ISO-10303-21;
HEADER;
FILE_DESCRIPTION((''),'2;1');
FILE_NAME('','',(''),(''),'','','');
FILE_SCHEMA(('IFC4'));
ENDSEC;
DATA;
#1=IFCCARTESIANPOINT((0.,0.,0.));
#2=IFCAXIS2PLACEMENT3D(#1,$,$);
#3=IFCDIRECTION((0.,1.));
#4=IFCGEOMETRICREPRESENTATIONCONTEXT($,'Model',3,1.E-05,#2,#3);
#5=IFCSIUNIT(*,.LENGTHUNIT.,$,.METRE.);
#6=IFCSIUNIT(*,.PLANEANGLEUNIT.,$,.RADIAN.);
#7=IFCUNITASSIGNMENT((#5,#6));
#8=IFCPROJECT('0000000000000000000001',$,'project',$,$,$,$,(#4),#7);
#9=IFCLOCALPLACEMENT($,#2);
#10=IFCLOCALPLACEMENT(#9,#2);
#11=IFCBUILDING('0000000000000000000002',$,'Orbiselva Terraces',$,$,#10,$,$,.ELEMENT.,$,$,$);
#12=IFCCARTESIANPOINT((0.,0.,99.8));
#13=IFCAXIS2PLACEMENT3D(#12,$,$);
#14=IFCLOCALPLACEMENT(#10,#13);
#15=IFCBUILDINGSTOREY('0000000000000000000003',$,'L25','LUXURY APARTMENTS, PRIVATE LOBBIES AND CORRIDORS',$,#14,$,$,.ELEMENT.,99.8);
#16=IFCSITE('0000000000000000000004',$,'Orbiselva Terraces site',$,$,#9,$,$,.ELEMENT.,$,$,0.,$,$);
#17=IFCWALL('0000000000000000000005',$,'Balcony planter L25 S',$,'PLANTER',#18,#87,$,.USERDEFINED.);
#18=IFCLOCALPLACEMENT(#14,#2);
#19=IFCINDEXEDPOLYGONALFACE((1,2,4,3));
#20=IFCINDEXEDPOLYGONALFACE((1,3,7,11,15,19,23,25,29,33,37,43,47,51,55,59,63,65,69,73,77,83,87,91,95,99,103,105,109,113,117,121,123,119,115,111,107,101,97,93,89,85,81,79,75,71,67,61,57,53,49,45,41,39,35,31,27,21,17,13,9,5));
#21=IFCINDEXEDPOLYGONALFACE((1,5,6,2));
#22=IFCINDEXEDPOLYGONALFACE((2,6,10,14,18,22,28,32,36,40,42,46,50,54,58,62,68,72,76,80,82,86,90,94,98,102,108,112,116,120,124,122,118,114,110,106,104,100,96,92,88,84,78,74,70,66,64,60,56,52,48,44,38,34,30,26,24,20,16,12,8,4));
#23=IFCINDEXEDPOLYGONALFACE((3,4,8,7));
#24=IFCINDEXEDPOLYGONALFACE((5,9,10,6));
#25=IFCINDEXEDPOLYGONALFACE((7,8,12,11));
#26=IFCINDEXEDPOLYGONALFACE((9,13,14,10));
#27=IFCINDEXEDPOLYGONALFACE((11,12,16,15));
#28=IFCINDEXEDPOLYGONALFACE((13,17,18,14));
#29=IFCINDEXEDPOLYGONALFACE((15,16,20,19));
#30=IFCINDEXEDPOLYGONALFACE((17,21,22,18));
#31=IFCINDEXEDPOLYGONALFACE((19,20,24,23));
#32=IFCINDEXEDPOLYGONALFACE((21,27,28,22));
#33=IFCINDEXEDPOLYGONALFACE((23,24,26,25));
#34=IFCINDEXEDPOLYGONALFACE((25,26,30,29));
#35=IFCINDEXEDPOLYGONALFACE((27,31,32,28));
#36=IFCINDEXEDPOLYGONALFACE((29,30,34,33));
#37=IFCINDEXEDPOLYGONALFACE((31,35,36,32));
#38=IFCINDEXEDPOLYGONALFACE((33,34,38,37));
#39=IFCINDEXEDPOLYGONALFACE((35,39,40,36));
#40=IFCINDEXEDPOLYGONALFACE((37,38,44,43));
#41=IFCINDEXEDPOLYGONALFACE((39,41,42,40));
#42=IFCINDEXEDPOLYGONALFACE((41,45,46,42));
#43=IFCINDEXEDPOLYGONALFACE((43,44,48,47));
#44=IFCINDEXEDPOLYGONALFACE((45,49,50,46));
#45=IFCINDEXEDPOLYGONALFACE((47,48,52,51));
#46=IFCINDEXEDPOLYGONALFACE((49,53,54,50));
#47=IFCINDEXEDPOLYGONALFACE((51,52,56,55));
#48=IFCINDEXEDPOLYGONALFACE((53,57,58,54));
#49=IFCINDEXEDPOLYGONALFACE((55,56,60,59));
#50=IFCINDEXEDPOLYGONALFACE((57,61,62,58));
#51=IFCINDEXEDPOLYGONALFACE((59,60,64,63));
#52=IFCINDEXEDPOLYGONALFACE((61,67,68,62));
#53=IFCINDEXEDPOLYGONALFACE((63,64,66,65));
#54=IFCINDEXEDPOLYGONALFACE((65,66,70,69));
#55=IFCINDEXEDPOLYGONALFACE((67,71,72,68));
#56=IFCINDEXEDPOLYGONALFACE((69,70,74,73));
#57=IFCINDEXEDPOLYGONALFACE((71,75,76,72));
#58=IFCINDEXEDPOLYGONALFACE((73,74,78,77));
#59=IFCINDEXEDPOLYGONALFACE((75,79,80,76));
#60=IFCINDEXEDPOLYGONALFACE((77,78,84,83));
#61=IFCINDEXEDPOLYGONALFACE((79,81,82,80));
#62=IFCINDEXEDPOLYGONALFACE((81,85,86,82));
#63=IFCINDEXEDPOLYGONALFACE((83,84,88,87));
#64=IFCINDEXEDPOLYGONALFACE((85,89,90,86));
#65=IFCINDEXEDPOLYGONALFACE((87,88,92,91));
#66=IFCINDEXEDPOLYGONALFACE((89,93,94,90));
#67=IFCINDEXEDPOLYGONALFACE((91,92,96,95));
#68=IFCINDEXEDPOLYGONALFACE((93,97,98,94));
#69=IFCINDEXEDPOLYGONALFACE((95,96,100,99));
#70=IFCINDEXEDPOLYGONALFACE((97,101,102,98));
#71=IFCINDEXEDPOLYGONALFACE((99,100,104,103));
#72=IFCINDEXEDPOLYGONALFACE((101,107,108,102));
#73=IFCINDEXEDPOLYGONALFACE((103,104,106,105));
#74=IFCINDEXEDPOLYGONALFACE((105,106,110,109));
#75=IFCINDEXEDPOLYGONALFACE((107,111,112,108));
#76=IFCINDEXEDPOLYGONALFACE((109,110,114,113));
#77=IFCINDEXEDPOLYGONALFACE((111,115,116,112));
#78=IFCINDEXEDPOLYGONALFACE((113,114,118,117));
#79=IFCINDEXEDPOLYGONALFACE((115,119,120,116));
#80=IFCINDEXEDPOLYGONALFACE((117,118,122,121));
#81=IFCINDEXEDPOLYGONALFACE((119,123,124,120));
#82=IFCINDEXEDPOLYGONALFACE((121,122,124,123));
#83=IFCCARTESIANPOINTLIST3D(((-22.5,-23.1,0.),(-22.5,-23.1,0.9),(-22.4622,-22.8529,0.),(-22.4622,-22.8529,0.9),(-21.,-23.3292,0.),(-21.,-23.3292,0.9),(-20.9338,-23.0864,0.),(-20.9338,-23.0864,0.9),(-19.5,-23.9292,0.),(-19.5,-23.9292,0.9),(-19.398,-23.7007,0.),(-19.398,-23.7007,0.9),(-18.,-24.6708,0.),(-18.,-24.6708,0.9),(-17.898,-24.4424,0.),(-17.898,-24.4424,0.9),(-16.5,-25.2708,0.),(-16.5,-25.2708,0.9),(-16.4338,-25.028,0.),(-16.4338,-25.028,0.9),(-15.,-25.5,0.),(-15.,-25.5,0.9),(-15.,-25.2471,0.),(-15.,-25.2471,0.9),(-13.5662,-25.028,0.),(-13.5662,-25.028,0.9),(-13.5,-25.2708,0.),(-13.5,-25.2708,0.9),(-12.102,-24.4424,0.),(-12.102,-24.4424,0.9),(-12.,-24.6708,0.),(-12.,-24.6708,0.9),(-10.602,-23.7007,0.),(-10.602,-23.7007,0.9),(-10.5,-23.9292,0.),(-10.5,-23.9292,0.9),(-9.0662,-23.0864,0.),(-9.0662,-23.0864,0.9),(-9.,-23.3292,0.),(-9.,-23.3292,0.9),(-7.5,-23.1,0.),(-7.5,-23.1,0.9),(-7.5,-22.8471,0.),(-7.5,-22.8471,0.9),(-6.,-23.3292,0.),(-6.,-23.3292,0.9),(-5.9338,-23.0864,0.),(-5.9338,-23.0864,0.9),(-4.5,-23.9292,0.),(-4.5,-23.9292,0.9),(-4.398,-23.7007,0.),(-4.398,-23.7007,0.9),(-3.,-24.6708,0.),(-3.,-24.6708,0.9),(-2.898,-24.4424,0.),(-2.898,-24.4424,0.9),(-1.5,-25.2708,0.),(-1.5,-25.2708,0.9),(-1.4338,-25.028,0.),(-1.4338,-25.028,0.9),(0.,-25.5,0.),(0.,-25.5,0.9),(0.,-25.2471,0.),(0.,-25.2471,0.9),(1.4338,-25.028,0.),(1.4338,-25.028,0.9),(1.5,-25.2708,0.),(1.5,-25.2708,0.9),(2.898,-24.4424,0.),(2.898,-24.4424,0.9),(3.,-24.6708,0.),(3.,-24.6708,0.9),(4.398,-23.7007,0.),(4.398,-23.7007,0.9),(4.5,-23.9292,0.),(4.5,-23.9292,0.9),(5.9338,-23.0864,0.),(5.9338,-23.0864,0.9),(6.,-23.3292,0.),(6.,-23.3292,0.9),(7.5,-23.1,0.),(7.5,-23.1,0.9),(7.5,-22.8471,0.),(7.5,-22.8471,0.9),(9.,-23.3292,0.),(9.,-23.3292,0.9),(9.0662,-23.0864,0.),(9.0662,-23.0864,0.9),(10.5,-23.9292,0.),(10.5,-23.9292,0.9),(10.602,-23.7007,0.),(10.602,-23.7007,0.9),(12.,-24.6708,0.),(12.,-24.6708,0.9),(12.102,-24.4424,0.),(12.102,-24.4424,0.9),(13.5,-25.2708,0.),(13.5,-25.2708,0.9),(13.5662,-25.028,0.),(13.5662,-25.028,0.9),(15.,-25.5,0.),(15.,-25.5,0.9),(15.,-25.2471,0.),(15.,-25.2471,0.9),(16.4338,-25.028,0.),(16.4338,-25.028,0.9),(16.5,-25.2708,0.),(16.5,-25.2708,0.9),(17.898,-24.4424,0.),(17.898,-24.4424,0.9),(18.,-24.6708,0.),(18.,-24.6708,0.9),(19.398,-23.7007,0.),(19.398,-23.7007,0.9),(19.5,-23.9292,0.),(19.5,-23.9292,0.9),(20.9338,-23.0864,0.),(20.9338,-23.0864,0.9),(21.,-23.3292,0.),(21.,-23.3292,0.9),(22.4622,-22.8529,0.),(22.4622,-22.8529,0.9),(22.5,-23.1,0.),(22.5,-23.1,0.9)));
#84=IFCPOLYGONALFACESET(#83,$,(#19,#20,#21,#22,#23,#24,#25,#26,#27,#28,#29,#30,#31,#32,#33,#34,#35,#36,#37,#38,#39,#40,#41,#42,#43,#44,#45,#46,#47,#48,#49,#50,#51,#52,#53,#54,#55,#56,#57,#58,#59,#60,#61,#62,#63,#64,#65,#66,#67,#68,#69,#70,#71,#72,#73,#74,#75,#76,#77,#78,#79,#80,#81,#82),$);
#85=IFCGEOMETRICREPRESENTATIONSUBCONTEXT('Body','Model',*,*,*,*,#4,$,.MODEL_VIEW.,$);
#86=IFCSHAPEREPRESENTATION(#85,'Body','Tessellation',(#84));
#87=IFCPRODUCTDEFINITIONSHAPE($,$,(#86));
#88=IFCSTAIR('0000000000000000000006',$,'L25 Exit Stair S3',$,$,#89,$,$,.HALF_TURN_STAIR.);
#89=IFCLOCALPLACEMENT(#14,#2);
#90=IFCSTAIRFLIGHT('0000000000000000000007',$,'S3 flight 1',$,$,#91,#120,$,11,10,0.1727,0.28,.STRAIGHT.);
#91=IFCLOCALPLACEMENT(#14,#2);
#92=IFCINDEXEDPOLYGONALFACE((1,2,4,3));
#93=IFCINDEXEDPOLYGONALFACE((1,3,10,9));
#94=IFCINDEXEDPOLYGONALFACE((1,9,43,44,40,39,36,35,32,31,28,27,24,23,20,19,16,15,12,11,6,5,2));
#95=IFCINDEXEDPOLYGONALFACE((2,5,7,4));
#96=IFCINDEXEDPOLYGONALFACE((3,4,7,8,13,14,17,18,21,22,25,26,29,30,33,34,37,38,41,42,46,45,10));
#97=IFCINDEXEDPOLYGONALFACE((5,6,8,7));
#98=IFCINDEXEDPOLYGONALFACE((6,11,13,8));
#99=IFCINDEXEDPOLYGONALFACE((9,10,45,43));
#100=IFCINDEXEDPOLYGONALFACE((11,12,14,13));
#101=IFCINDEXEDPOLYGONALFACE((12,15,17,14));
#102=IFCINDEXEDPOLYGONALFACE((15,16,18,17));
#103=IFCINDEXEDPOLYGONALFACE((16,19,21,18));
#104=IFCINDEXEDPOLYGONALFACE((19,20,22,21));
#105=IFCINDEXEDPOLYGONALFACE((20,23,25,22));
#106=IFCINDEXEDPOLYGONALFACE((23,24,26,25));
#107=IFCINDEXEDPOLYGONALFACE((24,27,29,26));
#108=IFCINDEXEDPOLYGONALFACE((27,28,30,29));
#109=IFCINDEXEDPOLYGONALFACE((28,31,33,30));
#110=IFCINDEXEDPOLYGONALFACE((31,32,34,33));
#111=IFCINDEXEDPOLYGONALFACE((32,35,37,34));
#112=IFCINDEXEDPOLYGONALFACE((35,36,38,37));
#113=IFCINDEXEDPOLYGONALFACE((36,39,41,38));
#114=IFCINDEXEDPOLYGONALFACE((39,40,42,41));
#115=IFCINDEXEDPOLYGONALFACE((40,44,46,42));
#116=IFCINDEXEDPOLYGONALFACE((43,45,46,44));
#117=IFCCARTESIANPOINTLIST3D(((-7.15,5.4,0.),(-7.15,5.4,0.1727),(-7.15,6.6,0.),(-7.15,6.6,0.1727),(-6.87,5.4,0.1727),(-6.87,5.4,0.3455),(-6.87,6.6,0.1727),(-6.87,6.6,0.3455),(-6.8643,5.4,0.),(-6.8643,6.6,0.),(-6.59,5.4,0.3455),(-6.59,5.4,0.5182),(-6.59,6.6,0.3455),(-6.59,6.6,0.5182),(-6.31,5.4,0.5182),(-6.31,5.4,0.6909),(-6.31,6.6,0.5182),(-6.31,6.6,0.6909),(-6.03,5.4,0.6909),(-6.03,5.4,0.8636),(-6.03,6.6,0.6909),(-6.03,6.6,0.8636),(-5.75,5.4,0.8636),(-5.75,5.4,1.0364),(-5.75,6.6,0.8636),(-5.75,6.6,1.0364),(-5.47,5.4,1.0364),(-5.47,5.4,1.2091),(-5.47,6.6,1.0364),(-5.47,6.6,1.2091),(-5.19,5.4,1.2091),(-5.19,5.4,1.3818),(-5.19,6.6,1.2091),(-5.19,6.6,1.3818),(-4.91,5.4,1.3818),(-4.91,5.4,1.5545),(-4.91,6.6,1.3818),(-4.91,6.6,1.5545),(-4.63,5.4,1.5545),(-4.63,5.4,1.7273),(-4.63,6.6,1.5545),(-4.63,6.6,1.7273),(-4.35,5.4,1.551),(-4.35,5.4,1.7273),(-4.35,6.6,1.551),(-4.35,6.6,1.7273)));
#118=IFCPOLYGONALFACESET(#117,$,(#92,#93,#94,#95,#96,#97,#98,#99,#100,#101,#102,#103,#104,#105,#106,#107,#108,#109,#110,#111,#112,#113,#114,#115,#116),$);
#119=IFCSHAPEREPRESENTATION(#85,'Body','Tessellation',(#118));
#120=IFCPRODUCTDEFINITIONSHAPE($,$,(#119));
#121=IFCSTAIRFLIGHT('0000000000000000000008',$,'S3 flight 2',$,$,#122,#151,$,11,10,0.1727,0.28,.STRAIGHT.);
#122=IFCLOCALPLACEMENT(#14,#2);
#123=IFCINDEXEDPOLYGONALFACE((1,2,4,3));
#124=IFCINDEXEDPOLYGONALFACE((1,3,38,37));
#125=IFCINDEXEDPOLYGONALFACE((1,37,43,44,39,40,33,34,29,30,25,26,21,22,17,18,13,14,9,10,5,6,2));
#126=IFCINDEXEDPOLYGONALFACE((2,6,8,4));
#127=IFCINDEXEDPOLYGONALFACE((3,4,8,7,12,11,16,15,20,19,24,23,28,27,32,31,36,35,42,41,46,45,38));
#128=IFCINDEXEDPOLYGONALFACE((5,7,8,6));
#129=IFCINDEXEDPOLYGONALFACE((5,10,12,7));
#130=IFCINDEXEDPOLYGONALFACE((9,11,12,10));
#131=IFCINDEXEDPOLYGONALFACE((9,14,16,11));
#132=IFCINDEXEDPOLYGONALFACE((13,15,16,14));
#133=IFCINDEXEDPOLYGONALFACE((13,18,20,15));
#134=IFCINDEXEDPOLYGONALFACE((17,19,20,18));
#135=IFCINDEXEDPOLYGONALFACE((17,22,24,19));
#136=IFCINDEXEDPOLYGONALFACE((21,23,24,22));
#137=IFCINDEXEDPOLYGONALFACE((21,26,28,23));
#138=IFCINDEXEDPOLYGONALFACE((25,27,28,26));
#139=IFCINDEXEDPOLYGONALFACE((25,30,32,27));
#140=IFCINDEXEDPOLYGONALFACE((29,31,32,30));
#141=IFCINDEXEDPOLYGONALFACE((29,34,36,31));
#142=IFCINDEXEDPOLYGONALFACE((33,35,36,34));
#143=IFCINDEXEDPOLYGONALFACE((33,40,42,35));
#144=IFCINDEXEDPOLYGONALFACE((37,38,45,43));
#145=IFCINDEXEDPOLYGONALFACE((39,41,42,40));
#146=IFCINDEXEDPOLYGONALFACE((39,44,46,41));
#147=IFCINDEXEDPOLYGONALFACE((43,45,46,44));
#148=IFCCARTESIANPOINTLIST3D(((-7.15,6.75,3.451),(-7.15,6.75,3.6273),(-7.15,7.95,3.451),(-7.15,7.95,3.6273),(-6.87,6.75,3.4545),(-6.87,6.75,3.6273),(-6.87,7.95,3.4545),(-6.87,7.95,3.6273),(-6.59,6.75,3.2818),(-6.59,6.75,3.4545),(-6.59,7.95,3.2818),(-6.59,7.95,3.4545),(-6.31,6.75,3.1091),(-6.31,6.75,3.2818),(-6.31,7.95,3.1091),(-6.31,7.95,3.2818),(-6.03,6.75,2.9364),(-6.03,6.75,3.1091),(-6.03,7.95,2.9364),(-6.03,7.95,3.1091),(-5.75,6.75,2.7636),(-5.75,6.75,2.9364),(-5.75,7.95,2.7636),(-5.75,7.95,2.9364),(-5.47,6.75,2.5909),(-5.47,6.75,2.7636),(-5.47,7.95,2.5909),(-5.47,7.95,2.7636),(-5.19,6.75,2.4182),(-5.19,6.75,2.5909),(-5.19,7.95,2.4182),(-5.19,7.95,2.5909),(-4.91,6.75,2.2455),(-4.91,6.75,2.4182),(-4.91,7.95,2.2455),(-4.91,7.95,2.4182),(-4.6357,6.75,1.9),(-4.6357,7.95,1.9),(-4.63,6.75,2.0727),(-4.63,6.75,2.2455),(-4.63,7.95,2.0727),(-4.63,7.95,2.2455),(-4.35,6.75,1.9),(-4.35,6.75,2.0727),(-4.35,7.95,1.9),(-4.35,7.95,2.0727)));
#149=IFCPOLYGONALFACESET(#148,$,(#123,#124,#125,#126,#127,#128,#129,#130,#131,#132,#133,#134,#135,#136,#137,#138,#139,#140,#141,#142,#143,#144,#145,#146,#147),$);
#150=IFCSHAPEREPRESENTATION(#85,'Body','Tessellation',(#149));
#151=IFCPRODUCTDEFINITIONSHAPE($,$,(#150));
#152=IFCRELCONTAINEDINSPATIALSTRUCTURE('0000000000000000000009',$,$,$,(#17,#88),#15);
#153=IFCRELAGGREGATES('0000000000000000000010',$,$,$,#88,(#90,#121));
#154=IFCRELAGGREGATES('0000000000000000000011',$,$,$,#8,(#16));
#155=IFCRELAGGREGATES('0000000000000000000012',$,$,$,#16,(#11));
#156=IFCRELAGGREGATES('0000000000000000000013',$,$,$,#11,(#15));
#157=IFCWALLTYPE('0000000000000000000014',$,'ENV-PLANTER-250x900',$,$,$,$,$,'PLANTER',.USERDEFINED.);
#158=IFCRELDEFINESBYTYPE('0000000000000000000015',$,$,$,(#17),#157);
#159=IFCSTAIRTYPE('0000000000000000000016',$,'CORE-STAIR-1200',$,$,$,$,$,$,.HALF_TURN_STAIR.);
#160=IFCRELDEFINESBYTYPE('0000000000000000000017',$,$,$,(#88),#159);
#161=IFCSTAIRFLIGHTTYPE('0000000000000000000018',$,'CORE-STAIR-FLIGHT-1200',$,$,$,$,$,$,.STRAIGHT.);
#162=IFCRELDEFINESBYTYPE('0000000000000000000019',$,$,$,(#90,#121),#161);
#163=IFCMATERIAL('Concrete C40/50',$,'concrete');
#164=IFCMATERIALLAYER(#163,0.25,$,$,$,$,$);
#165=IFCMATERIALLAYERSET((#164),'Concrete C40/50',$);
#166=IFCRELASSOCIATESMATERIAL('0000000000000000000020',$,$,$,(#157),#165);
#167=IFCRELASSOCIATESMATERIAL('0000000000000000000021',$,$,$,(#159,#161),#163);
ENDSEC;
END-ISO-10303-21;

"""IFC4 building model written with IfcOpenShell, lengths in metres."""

from ifc_helpers import new_model, si_unit, direction, frame, origin, place, context, subcontext, project, spatial, polyline, outline, extrude, material, layer, layer_set, type_object, element, aggregate, save


model = new_model("IFC4")

# Units and contexts
model_context = context("Model", 3, precision=1e-05, world=origin(), true_north=direction((0.0, 1.0)))
body_context = subcontext(model_context, "Body", "Model", "MODEL_VIEW")
ifc_project = project(units=[si_unit("LENGTHUNIT", "METRE"), si_unit("PLANEANGLEUNIT", "RADIAN")], contexts=[model_context])

# Site, building, storey
site_placement = place(None, origin())
site = spatial("IfcSite", under=ifc_project, at=site_placement, Name="Orbiselva Terraces site", CompositionType="ELEMENT", RefElevation=0.0)
building_placement = place(site_placement, origin())
building = spatial("IfcBuilding", under=site, at=building_placement, Name="Orbiselva Terraces", CompositionType="ELEMENT")
storey_placement = place(building_placement, frame((0.0, 0.0, 99.8)))
storey = spatial("IfcBuildingStorey", under=building, at=storey_placement, Name="L25", Description="LUXURY APARTMENTS, PRIVATE LOBBIES AND CORRIDORS", CompositionType="ELEMENT", Elevation=99.8)

# Wall
ifc_material_1 = material(Name="Concrete C40/50", Category="concrete")
ifc_layer_1 = layer(ifc_material_1, 0.25)
ifc_layer_set_1 = layer_set([ifc_layer_1], Name="Concrete C40/50")
wall_type_1 = type_object("IfcWallType", Name="ENV-PLANTER-250x900", ElementType="PLANTER", PredefinedType="USERDEFINED", material=ifc_layer_set_1)
wall_1_placement = place(storey_placement, origin())
element("IfcWall", 1, at=wall_1_placement, inside=storey, type_object=wall_type_1, Name="Balcony planter L25 S", ObjectType="PLANTER", PredefinedType="USERDEFINED", context=body_context, shape_type="SweptSolid", body=[
    extrude(outline(polyline([(-22.5, -23.1), (-21.0, -23.3292), (-19.5, -23.9292), (-18.0, -24.6708), (-16.5, -25.2708), (-15.0, -25.5), (-13.5, -25.2708), (-12.0, -24.6708), (-10.5, -23.9292), (-9.0, -23.3292), (-7.5, -23.1), (-6.0, -23.3292), (-4.5, -23.9292), (-3.0, -24.6708), (-1.5, -25.2708), (0.0, -25.5), (1.5, -25.2708), (3.0, -24.6708), (4.5, -23.9292), (6.0, -23.3292), (7.5, -23.1), (9.0, -23.3292), (10.5, -23.9292), (12.0, -24.6708), (13.5, -25.2708), (15.0, -25.5), (16.5, -25.2708), (18.0, -24.6708), (19.5, -23.9292), (21.0, -23.3292), (22.5, -23.1), (22.4622, -22.8529), (20.9338, -23.0864), (19.398, -23.7007), (17.898, -24.4424), (16.4338, -25.028), (15.0, -25.2471), (13.5662, -25.028), (12.102, -24.4424), (10.602, -23.7007), (9.0662, -23.0864), (7.5, -22.8471), (5.9338, -23.0864), (4.398, -23.7007), (2.898, -24.4424), (1.4338, -25.028), (0.0, -25.2471), (-1.4338, -25.028), (-2.898, -24.4424), (-4.398, -23.7007), (-5.9338, -23.0864), (-7.5, -22.8471), (-9.0662, -23.0864), (-10.602, -23.7007), (-12.102, -24.4424), (-13.5662, -25.028), (-15.0, -25.2471), (-16.4338, -25.028), (-17.898, -24.4424), (-19.398, -23.7007), (-20.9338, -23.0864), (-22.4622, -22.8529), (-22.5, -23.1)])), origin(), (0.0, 0.0, 1.0), 0.9),
])

# Stair, stair flights
stair_type = type_object("IfcStairType", Name="CORE-STAIR-1200", PredefinedType="HALF_TURN_STAIR", material=ifc_material_1)
stair_placement = place(storey_placement, origin())
stair = element("IfcStair", 2, at=stair_placement, inside=storey, type_object=stair_type, Name="L25 Exit Stair S3", PredefinedType="HALF_TURN_STAIR")
stair_flight_type = type_object("IfcStairFlightType", Name="CORE-STAIR-FLIGHT-1200", PredefinedType="STRAIGHT", material=ifc_material_1)
stair_flight_1_placement = place(storey_placement, frame((-7.15, 6.0, 0.0), z_axis=(0.0, 0.0, 1.0), x_axis=(1.0, 0.0, 0.0)))
stair_flight_1 = element("IfcStairFlight", 3, at=stair_flight_1_placement, type_object=stair_flight_type, Name="S3 flight 1", NumberOfRisers=11, NumberOfTreads=10, PredefinedType="STRAIGHT", RiserHeight=0.1727, TreadLength=0.28, context=body_context, shape_type="SweptSolid", body=[
    extrude(outline(polyline([(0.0, 0.0), (0.0, 0.1727), (0.28, 0.1727), (0.28, 0.3455), (0.56, 0.3455), (0.56, 0.5182), (0.84, 0.5182), (0.84, 0.6909), (1.12, 0.6909), (1.12, 0.8636), (1.4, 0.8636), (1.4, 1.0364), (1.68, 1.0364), (1.68, 1.2091), (1.96, 1.2091), (1.96, 1.3818), (2.24, 1.3818), (2.24, 1.5545), (2.52, 1.5545), (2.52, 1.7273), (2.8, 1.7273), (2.8, 1.9), (2.8, 1.551), (0.2857, 0.0), (0.0, 0.0)])), frame((0.0, 0.6, 0.0), z_axis=(0.0, -1.0, 0.0), x_axis=(1.0, 0.0, 0.0)), (0.0, 0.0, 1.0), 1.2),
])
stair_flight_2_placement = place(storey_placement, frame((-4.35, 7.35, 1.9), z_axis=(0.0, 0.0, 1.0), x_axis=(-1.0, 0.0, 0.0)))
stair_flight_2 = element("IfcStairFlight", 4, at=stair_flight_2_placement, type_object=stair_flight_type, Name="S3 flight 2", NumberOfRisers=11, NumberOfTreads=10, PredefinedType="STRAIGHT", RiserHeight=0.1727, TreadLength=0.28, context=body_context, shape_type="SweptSolid", body=[
    extrude(outline(polyline([(0.0, 0.0), (0.0, 0.1727), (0.28, 0.1727), (0.28, 0.3455), (0.56, 0.3455), (0.56, 0.5182), (0.84, 0.5182), (0.84, 0.6909), (1.12, 0.6909), (1.12, 0.8636), (1.4, 0.8636), (1.4, 1.0364), (1.68, 1.0364), (1.68, 1.2091), (1.96, 1.2091), (1.96, 1.3818), (2.24, 1.3818), (2.24, 1.5545), (2.52, 1.5545), (2.52, 1.7273), (2.8, 1.7273), (2.8, 1.9), (2.8, 1.551), (0.2857, 0.0), (0.0, 0.0)])), frame((0.0, 0.6, 0.0), z_axis=(0.0, -1.0, 0.0), x_axis=(1.0, 0.0, 0.0)), (0.0, 0.0, 1.0), 1.2),
])
aggregate(stair, [stair_flight_1, stair_flight_2])

save(model, "model.ifc")
